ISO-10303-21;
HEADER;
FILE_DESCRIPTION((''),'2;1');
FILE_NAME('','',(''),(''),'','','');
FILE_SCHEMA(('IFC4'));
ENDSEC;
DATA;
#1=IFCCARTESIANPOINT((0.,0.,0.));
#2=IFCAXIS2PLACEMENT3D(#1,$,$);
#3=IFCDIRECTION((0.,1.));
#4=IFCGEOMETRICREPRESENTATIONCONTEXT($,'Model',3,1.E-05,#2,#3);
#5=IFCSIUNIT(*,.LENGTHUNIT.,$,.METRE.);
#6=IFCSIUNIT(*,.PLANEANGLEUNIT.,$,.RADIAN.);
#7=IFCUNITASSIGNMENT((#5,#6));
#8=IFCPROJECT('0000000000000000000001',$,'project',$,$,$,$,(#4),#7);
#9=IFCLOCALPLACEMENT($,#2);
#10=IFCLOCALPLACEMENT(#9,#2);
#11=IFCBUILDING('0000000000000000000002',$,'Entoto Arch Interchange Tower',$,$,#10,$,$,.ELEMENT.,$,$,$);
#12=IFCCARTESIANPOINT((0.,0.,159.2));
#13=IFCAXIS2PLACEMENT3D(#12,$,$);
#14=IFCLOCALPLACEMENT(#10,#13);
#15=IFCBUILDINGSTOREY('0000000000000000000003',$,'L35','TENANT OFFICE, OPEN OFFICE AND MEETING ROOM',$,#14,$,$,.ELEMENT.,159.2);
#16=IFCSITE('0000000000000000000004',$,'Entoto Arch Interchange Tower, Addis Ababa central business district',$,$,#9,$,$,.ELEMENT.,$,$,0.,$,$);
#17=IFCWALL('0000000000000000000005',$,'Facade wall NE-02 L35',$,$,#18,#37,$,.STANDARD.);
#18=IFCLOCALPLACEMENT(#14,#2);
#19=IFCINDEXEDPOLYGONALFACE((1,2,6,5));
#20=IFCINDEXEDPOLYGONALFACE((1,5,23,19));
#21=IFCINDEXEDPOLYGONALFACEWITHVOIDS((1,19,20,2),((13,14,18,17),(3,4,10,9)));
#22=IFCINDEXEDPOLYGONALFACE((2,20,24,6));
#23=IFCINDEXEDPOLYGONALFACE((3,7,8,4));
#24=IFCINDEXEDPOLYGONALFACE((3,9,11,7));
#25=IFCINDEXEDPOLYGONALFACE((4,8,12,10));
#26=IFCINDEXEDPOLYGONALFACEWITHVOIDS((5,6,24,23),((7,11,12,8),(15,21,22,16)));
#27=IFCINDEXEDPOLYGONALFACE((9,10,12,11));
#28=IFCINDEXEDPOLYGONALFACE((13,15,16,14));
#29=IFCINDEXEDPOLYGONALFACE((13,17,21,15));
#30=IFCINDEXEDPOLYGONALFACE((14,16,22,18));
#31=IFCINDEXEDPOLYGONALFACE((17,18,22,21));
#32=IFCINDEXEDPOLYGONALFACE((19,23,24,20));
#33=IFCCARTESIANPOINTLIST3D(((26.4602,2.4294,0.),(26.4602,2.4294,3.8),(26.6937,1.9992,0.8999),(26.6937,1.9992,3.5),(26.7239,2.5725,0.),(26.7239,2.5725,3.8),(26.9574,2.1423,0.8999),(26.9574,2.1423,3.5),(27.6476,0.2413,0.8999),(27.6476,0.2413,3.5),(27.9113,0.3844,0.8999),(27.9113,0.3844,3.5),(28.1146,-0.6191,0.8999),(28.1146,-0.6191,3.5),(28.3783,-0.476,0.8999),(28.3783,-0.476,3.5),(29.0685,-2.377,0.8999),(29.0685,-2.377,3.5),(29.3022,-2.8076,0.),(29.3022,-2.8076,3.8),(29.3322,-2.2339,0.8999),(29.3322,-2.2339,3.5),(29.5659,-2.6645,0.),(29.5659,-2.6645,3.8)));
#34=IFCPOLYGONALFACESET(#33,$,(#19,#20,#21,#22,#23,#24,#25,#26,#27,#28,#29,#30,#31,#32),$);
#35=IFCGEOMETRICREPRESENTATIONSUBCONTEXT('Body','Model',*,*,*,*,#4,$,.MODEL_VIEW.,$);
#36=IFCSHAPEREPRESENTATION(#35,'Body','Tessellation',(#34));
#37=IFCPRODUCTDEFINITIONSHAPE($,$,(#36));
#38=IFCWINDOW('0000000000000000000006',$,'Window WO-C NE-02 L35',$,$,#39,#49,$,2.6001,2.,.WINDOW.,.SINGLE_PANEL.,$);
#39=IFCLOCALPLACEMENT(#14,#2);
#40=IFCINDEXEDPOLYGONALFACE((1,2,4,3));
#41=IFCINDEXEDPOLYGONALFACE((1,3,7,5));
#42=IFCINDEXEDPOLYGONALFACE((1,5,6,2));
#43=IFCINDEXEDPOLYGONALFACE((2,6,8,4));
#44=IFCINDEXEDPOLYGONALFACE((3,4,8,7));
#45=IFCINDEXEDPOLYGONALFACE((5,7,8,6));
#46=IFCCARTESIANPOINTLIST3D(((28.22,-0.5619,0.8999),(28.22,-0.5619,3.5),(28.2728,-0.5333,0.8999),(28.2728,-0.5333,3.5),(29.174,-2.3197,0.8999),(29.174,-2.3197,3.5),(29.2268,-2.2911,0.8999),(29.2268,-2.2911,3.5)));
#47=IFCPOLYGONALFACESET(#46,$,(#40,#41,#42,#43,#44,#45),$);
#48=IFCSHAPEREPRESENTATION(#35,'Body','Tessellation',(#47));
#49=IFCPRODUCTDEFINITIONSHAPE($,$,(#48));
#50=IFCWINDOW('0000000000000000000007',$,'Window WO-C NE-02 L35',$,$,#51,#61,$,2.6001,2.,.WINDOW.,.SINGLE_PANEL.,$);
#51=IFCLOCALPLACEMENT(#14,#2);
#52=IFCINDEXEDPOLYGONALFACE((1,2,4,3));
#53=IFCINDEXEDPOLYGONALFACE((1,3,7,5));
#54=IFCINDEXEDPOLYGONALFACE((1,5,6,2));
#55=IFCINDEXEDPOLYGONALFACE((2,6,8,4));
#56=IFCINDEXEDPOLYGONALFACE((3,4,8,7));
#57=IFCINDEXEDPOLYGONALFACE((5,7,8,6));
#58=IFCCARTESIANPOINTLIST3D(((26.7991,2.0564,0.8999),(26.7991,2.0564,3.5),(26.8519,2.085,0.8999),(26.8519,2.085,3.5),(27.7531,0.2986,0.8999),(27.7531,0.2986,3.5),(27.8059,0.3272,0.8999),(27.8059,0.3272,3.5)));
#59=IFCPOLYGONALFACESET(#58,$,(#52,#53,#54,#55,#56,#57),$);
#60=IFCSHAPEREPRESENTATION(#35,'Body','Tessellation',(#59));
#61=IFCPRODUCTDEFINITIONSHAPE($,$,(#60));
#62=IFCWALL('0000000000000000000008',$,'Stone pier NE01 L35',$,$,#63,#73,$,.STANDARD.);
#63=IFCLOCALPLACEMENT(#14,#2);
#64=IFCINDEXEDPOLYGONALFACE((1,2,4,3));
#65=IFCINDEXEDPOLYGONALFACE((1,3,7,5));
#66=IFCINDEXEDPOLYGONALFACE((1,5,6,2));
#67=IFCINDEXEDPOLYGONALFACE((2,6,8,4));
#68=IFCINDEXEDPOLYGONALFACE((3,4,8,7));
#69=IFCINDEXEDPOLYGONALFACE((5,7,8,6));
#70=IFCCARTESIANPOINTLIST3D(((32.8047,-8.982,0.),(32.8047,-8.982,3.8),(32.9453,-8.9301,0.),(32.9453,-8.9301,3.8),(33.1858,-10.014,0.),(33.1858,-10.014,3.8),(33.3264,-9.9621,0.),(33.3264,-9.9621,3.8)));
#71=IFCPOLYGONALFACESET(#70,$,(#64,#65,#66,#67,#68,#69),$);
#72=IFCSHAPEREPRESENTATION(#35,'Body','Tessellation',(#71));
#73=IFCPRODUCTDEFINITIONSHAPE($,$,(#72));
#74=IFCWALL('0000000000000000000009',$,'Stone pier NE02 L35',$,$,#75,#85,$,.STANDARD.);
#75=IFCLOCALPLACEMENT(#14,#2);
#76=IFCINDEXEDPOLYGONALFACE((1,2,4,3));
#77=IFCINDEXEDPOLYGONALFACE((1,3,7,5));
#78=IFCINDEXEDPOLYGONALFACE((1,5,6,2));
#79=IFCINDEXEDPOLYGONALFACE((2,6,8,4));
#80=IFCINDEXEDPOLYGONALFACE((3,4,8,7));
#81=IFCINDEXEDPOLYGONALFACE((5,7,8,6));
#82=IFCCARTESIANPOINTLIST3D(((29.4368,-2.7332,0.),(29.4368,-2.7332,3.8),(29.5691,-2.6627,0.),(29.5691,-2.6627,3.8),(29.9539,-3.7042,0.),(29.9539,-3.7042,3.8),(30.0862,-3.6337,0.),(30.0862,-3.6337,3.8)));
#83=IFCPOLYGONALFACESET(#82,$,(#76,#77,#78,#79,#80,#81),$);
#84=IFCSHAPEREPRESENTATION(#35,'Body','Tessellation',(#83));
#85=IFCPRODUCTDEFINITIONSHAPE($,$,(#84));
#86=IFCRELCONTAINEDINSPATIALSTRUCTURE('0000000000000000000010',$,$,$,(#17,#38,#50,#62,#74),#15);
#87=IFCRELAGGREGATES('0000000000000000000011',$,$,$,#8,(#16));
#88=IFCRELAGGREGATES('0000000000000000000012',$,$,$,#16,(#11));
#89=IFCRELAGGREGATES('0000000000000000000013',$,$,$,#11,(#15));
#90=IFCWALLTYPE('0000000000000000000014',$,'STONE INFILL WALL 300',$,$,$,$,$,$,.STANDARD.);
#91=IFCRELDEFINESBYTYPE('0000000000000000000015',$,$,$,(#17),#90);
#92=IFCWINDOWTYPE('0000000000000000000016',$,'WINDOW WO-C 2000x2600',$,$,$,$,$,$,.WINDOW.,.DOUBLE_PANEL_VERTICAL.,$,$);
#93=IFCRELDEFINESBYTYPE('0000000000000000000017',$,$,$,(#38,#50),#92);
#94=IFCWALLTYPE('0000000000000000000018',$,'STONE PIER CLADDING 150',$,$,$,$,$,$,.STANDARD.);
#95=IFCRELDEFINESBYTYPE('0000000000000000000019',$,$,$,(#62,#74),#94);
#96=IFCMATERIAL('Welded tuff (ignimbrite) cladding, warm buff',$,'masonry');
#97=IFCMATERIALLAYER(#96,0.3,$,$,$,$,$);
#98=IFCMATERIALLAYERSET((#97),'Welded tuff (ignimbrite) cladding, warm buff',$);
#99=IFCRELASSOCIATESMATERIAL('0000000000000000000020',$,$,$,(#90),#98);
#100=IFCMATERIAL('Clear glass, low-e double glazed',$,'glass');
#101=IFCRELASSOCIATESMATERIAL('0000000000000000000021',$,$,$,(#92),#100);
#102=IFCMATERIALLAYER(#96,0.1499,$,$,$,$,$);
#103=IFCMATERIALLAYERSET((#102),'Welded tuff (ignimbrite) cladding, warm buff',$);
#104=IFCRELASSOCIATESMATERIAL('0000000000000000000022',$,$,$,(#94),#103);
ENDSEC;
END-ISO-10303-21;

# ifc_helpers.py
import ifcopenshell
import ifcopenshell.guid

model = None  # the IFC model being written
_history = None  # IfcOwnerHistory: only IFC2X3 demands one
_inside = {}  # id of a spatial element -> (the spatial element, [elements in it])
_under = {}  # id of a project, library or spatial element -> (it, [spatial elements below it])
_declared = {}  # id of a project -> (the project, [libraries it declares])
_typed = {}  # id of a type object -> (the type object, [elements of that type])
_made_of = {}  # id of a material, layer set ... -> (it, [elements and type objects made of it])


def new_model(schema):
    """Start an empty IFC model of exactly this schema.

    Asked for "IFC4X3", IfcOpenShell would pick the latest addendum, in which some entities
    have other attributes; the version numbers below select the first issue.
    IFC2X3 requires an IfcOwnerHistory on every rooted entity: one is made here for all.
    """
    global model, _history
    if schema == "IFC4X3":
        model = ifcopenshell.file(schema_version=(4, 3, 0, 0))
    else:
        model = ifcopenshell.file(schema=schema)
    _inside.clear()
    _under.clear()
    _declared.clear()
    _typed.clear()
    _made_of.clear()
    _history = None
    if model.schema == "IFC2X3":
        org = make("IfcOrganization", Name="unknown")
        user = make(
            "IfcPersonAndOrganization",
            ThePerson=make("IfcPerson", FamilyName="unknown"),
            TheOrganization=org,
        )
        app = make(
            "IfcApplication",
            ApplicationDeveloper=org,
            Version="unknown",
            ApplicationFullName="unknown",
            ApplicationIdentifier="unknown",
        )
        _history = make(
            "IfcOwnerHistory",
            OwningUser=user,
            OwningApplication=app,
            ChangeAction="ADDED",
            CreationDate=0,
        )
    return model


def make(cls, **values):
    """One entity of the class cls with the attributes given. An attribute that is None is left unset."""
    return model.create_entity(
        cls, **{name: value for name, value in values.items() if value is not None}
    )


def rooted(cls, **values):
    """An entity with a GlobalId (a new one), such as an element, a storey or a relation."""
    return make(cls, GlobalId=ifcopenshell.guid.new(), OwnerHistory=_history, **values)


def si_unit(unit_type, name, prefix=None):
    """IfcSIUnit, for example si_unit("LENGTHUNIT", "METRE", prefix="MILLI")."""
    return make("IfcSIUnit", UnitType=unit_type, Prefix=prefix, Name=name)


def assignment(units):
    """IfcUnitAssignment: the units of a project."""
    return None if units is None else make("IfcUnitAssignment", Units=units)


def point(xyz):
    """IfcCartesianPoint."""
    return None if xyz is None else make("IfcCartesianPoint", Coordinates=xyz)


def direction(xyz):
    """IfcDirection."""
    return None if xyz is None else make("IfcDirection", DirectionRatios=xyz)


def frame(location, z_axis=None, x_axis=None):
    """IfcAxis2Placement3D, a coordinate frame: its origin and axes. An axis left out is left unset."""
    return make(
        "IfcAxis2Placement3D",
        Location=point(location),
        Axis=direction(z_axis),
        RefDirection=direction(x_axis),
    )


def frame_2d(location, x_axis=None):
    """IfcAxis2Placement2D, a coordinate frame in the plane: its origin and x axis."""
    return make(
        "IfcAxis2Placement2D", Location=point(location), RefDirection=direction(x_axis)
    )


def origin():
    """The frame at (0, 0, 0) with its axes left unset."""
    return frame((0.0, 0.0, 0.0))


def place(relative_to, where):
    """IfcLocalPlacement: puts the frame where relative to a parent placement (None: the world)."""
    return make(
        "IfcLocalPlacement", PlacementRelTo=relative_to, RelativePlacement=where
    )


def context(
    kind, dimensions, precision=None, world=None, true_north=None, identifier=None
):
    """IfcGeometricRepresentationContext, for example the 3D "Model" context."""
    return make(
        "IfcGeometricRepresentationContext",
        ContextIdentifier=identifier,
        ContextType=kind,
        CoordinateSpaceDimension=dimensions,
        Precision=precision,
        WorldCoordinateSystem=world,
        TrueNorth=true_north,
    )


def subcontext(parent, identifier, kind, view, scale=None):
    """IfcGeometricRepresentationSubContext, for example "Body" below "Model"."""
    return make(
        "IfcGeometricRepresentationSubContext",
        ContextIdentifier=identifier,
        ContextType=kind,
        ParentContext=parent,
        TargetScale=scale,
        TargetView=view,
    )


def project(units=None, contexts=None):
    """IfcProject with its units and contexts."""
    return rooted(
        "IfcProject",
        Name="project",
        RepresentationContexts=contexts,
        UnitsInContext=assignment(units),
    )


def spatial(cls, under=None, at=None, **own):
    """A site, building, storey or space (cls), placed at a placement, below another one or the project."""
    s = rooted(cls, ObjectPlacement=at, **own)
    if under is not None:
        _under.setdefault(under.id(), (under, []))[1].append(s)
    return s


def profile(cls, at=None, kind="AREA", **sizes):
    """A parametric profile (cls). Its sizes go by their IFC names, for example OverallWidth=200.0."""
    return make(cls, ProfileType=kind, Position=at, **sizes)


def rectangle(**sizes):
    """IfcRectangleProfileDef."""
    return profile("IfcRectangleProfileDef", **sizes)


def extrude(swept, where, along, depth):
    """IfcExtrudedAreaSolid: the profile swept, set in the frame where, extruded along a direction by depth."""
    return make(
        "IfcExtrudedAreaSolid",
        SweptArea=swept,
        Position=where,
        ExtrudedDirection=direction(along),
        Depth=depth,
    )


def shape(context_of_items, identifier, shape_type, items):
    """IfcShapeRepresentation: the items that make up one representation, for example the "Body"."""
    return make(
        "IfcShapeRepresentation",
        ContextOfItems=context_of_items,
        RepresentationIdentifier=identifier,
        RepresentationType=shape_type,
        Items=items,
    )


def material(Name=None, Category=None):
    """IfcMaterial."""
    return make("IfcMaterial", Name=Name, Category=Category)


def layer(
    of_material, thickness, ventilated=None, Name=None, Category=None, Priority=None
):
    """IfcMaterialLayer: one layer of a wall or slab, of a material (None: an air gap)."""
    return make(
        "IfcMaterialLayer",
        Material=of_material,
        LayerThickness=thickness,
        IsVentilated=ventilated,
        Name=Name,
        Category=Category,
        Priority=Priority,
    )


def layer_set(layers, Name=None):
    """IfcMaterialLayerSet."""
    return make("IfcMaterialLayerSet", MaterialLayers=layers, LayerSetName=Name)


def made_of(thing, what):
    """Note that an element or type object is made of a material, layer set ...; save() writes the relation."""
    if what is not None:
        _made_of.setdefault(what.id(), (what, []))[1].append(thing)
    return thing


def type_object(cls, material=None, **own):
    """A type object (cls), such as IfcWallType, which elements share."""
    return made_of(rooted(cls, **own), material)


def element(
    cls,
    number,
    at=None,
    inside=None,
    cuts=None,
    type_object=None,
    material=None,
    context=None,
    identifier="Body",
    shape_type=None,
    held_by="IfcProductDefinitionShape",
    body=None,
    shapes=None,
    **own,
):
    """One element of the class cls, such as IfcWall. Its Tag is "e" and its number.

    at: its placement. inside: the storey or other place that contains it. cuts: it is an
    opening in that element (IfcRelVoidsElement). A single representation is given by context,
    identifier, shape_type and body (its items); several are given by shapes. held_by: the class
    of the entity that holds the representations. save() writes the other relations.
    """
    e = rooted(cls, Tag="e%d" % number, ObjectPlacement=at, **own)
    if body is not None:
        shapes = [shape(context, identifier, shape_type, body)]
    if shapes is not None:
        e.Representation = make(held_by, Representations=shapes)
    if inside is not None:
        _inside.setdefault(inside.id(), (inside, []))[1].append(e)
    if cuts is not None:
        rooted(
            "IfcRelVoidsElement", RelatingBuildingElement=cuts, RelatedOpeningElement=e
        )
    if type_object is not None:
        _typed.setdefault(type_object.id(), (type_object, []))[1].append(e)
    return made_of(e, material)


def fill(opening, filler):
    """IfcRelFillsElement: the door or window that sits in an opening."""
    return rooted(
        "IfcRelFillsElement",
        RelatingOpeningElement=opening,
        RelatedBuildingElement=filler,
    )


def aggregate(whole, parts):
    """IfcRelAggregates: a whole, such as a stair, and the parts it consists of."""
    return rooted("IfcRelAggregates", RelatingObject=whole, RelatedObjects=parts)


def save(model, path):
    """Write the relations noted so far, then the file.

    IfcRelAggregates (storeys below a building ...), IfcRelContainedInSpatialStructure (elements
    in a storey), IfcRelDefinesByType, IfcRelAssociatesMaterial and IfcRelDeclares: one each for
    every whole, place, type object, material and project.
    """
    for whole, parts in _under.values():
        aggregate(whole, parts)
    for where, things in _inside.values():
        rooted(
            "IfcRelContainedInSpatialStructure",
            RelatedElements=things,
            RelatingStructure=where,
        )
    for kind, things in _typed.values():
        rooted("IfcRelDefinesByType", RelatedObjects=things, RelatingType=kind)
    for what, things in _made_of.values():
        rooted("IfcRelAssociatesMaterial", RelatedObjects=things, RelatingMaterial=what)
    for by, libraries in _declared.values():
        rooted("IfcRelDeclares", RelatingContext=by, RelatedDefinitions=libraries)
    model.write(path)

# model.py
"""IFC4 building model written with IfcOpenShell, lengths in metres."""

from ifc_helpers import new_model, si_unit, direction, frame, frame_2d, origin, place, context, subcontext, project, spatial, rectangle, extrude, material, layer, layer_set, type_object, element, fill, save


model = new_model("IFC4")

# Units and contexts
model_context = context("Model", 3, precision=1e-05, world=origin(), true_north=direction((0.0, 1.0)))
body_context = subcontext(model_context, "Body", "Model", "MODEL_VIEW")
ifc_project = project(units=[si_unit("LENGTHUNIT", "METRE"), si_unit("PLANEANGLEUNIT", "RADIAN")], contexts=[model_context])

# Site, building, storey
site_placement = place(None, origin())
site = spatial("IfcSite", under=ifc_project, at=site_placement, Name="Entoto Arch Interchange Tower, Addis Ababa central business district", CompositionType="ELEMENT", RefElevation=0.0)
building_placement = place(site_placement, origin())
building = spatial("IfcBuilding", under=site, at=building_placement, Name="Entoto Arch Interchange Tower", CompositionType="ELEMENT")
storey_placement = place(building_placement, frame((0.0, 0.0, 159.2)))
storey = spatial("IfcBuildingStorey", under=building, at=storey_placement, Name="L35", Description="TENANT OFFICE, OPEN OFFICE AND MEETING ROOM", CompositionType="ELEMENT", Elevation=159.2)

# Shared definitions
ifc_material_1 = material(Name="Welded tuff (ignimbrite) cladding, warm buff", Category="masonry")
ifc_layer_1 = layer(ifc_material_1, 0.3)
ifc_layer_set_1 = layer_set([ifc_layer_1], Name="Welded tuff (ignimbrite) cladding, warm buff")
wall_type_1 = type_object("IfcWallType", Name="STONE INFILL WALL 300", PredefinedType="STANDARD", material=ifc_layer_set_1)
ifc_material_2 = material(Name="Clear glass, low-e double glazed", Category="glass")

# Wall, openings, windows
window_type_1 = type_object("IfcWindowType", Name="WINDOW WO-C 2000x2600", PartitioningType="DOUBLE_PANEL_VERTICAL", PredefinedType="WINDOW", material=ifc_material_2)
wall_1_placement = place(storey_placement, frame((29.4341, -2.7361, 0.0), z_axis=(0.0, 0.0, 1.0), x_axis=(-0.476971, 0.878919, 0.0)))
wall_1 = element("IfcWall", 1, at=wall_1_placement, inside=storey, type_object=wall_type_1, Name="Facade wall NE-02 L35", PredefinedType="STANDARD", context=body_context, shape_type="SweptSolid", body=[
    extrude(rectangle(XDim=5.9585, YDim=0.3, at=frame_2d((2.9792, 0.0))), origin(), (0.0, 0.0, 1.0), 3.8),
])
opening_1_placement = place(wall_1_placement, frame((0.49, 0.0, 0.8999)))
opening_1 = element("IfcOpeningElement", 2, at=opening_1_placement, cuts=wall_1, PredefinedType="OPENING", context=body_context, shape_type="SweptSolid", body=[
    extrude(rectangle(XDim=2.0, YDim=2.6001, at=frame_2d((1.0, 1.3))), frame((0.0, 0.1602, 0.0), z_axis=(0.0, -1.0, 0.0), x_axis=(1.0, 0.0, 0.0)), (0.0, 0.0, 1.0), 0.3201),
])
opening_2_placement = place(wall_1_placement, frame((3.469, 0.0, 0.8999)))
opening_2 = element("IfcOpeningElement", 3, at=opening_2_placement, cuts=wall_1, PredefinedType="OPENING", context=body_context, shape_type="SweptSolid", body=[
    extrude(rectangle(XDim=2.0, YDim=2.6001, at=frame_2d((1.0, 1.3))), frame((0.0, 0.1602, 0.0), z_axis=(0.0, -1.0, 0.0), x_axis=(1.0, 0.0, 0.0)), (0.0, 0.0, 1.0), 0.3201),
])
window_1_placement = place(opening_1_placement, origin())
window_1 = element("IfcWindow", 4, at=window_1_placement, inside=storey, type_object=window_type_1, Name="Window WO-C NE-02 L35", OverallHeight=2.6001, OverallWidth=2.0, PartitioningType="SINGLE_PANEL", PredefinedType="WINDOW", context=body_context, shape_type="SweptSolid", body=[
    extrude(rectangle(XDim=2.0, YDim=2.6001, at=frame_2d((1.0, 1.3))), frame((0.0, 0.03, 0.0), z_axis=(0.0, -1.0, 0.0), x_axis=(1.0, 0.0, 0.0)), (0.0, 0.0, 1.0), 0.0601),
])
fill(opening_1, window_1)
window_2_placement = place(opening_2_placement, origin())
window_2 = element("IfcWindow", 5, at=window_2_placement, inside=storey, type_object=window_type_1, Name="Window WO-C NE-02 L35", OverallHeight=2.6001, OverallWidth=2.0, PartitioningType="SINGLE_PANEL", PredefinedType="WINDOW", context=body_context, shape_type="SweptSolid", body=[
    extrude(rectangle(XDim=2.0, YDim=2.6001, at=frame_2d((1.0, 1.3))), frame((0.0, 0.03, 0.0), z_axis=(0.0, -1.0, 0.0), x_axis=(1.0, 0.0, 0.0)), (0.0, 0.0, 1.0), 0.0601),
])
fill(opening_2, window_2)

# Walls
ifc_layer_2 = layer(ifc_material_1, 0.1499)
ifc_layer_set_2 = layer_set([ifc_layer_2], Name="Welded tuff (ignimbrite) cladding, warm buff")
wall_type_2 = type_object("IfcWallType", Name="STONE PIER CLADDING 150", PredefinedType="STANDARD", material=ifc_layer_set_2)
for number, where, z_axis, x_axis, name in (
    (6, (33.2561, -9.988, 0.0), (0.0, 0.0, 1.0), (-0.346425, 0.938078, 0.0), "Stone pier NE01 L35"),
    (7, (30.02, -3.6689, 0.0), (0.0, 0.0, 1.0), (-0.470058, 0.882635, 0.0), "Stone pier NE02 L35"),
):
    element("IfcWall", number, at=place(storey_placement, frame(where, z_axis=z_axis, x_axis=x_axis)), inside=storey, type_object=wall_type_2, Name=name, PredefinedType="STANDARD", context=body_context, shape_type="SweptSolid", body=[
        extrude(rectangle(XDim=1.1001, YDim=0.1499, at=frame_2d((0.55, 0.0))), origin(), (0.0, 0.0, 1.0), 3.8),
    ])

save(model, "model.ifc")
